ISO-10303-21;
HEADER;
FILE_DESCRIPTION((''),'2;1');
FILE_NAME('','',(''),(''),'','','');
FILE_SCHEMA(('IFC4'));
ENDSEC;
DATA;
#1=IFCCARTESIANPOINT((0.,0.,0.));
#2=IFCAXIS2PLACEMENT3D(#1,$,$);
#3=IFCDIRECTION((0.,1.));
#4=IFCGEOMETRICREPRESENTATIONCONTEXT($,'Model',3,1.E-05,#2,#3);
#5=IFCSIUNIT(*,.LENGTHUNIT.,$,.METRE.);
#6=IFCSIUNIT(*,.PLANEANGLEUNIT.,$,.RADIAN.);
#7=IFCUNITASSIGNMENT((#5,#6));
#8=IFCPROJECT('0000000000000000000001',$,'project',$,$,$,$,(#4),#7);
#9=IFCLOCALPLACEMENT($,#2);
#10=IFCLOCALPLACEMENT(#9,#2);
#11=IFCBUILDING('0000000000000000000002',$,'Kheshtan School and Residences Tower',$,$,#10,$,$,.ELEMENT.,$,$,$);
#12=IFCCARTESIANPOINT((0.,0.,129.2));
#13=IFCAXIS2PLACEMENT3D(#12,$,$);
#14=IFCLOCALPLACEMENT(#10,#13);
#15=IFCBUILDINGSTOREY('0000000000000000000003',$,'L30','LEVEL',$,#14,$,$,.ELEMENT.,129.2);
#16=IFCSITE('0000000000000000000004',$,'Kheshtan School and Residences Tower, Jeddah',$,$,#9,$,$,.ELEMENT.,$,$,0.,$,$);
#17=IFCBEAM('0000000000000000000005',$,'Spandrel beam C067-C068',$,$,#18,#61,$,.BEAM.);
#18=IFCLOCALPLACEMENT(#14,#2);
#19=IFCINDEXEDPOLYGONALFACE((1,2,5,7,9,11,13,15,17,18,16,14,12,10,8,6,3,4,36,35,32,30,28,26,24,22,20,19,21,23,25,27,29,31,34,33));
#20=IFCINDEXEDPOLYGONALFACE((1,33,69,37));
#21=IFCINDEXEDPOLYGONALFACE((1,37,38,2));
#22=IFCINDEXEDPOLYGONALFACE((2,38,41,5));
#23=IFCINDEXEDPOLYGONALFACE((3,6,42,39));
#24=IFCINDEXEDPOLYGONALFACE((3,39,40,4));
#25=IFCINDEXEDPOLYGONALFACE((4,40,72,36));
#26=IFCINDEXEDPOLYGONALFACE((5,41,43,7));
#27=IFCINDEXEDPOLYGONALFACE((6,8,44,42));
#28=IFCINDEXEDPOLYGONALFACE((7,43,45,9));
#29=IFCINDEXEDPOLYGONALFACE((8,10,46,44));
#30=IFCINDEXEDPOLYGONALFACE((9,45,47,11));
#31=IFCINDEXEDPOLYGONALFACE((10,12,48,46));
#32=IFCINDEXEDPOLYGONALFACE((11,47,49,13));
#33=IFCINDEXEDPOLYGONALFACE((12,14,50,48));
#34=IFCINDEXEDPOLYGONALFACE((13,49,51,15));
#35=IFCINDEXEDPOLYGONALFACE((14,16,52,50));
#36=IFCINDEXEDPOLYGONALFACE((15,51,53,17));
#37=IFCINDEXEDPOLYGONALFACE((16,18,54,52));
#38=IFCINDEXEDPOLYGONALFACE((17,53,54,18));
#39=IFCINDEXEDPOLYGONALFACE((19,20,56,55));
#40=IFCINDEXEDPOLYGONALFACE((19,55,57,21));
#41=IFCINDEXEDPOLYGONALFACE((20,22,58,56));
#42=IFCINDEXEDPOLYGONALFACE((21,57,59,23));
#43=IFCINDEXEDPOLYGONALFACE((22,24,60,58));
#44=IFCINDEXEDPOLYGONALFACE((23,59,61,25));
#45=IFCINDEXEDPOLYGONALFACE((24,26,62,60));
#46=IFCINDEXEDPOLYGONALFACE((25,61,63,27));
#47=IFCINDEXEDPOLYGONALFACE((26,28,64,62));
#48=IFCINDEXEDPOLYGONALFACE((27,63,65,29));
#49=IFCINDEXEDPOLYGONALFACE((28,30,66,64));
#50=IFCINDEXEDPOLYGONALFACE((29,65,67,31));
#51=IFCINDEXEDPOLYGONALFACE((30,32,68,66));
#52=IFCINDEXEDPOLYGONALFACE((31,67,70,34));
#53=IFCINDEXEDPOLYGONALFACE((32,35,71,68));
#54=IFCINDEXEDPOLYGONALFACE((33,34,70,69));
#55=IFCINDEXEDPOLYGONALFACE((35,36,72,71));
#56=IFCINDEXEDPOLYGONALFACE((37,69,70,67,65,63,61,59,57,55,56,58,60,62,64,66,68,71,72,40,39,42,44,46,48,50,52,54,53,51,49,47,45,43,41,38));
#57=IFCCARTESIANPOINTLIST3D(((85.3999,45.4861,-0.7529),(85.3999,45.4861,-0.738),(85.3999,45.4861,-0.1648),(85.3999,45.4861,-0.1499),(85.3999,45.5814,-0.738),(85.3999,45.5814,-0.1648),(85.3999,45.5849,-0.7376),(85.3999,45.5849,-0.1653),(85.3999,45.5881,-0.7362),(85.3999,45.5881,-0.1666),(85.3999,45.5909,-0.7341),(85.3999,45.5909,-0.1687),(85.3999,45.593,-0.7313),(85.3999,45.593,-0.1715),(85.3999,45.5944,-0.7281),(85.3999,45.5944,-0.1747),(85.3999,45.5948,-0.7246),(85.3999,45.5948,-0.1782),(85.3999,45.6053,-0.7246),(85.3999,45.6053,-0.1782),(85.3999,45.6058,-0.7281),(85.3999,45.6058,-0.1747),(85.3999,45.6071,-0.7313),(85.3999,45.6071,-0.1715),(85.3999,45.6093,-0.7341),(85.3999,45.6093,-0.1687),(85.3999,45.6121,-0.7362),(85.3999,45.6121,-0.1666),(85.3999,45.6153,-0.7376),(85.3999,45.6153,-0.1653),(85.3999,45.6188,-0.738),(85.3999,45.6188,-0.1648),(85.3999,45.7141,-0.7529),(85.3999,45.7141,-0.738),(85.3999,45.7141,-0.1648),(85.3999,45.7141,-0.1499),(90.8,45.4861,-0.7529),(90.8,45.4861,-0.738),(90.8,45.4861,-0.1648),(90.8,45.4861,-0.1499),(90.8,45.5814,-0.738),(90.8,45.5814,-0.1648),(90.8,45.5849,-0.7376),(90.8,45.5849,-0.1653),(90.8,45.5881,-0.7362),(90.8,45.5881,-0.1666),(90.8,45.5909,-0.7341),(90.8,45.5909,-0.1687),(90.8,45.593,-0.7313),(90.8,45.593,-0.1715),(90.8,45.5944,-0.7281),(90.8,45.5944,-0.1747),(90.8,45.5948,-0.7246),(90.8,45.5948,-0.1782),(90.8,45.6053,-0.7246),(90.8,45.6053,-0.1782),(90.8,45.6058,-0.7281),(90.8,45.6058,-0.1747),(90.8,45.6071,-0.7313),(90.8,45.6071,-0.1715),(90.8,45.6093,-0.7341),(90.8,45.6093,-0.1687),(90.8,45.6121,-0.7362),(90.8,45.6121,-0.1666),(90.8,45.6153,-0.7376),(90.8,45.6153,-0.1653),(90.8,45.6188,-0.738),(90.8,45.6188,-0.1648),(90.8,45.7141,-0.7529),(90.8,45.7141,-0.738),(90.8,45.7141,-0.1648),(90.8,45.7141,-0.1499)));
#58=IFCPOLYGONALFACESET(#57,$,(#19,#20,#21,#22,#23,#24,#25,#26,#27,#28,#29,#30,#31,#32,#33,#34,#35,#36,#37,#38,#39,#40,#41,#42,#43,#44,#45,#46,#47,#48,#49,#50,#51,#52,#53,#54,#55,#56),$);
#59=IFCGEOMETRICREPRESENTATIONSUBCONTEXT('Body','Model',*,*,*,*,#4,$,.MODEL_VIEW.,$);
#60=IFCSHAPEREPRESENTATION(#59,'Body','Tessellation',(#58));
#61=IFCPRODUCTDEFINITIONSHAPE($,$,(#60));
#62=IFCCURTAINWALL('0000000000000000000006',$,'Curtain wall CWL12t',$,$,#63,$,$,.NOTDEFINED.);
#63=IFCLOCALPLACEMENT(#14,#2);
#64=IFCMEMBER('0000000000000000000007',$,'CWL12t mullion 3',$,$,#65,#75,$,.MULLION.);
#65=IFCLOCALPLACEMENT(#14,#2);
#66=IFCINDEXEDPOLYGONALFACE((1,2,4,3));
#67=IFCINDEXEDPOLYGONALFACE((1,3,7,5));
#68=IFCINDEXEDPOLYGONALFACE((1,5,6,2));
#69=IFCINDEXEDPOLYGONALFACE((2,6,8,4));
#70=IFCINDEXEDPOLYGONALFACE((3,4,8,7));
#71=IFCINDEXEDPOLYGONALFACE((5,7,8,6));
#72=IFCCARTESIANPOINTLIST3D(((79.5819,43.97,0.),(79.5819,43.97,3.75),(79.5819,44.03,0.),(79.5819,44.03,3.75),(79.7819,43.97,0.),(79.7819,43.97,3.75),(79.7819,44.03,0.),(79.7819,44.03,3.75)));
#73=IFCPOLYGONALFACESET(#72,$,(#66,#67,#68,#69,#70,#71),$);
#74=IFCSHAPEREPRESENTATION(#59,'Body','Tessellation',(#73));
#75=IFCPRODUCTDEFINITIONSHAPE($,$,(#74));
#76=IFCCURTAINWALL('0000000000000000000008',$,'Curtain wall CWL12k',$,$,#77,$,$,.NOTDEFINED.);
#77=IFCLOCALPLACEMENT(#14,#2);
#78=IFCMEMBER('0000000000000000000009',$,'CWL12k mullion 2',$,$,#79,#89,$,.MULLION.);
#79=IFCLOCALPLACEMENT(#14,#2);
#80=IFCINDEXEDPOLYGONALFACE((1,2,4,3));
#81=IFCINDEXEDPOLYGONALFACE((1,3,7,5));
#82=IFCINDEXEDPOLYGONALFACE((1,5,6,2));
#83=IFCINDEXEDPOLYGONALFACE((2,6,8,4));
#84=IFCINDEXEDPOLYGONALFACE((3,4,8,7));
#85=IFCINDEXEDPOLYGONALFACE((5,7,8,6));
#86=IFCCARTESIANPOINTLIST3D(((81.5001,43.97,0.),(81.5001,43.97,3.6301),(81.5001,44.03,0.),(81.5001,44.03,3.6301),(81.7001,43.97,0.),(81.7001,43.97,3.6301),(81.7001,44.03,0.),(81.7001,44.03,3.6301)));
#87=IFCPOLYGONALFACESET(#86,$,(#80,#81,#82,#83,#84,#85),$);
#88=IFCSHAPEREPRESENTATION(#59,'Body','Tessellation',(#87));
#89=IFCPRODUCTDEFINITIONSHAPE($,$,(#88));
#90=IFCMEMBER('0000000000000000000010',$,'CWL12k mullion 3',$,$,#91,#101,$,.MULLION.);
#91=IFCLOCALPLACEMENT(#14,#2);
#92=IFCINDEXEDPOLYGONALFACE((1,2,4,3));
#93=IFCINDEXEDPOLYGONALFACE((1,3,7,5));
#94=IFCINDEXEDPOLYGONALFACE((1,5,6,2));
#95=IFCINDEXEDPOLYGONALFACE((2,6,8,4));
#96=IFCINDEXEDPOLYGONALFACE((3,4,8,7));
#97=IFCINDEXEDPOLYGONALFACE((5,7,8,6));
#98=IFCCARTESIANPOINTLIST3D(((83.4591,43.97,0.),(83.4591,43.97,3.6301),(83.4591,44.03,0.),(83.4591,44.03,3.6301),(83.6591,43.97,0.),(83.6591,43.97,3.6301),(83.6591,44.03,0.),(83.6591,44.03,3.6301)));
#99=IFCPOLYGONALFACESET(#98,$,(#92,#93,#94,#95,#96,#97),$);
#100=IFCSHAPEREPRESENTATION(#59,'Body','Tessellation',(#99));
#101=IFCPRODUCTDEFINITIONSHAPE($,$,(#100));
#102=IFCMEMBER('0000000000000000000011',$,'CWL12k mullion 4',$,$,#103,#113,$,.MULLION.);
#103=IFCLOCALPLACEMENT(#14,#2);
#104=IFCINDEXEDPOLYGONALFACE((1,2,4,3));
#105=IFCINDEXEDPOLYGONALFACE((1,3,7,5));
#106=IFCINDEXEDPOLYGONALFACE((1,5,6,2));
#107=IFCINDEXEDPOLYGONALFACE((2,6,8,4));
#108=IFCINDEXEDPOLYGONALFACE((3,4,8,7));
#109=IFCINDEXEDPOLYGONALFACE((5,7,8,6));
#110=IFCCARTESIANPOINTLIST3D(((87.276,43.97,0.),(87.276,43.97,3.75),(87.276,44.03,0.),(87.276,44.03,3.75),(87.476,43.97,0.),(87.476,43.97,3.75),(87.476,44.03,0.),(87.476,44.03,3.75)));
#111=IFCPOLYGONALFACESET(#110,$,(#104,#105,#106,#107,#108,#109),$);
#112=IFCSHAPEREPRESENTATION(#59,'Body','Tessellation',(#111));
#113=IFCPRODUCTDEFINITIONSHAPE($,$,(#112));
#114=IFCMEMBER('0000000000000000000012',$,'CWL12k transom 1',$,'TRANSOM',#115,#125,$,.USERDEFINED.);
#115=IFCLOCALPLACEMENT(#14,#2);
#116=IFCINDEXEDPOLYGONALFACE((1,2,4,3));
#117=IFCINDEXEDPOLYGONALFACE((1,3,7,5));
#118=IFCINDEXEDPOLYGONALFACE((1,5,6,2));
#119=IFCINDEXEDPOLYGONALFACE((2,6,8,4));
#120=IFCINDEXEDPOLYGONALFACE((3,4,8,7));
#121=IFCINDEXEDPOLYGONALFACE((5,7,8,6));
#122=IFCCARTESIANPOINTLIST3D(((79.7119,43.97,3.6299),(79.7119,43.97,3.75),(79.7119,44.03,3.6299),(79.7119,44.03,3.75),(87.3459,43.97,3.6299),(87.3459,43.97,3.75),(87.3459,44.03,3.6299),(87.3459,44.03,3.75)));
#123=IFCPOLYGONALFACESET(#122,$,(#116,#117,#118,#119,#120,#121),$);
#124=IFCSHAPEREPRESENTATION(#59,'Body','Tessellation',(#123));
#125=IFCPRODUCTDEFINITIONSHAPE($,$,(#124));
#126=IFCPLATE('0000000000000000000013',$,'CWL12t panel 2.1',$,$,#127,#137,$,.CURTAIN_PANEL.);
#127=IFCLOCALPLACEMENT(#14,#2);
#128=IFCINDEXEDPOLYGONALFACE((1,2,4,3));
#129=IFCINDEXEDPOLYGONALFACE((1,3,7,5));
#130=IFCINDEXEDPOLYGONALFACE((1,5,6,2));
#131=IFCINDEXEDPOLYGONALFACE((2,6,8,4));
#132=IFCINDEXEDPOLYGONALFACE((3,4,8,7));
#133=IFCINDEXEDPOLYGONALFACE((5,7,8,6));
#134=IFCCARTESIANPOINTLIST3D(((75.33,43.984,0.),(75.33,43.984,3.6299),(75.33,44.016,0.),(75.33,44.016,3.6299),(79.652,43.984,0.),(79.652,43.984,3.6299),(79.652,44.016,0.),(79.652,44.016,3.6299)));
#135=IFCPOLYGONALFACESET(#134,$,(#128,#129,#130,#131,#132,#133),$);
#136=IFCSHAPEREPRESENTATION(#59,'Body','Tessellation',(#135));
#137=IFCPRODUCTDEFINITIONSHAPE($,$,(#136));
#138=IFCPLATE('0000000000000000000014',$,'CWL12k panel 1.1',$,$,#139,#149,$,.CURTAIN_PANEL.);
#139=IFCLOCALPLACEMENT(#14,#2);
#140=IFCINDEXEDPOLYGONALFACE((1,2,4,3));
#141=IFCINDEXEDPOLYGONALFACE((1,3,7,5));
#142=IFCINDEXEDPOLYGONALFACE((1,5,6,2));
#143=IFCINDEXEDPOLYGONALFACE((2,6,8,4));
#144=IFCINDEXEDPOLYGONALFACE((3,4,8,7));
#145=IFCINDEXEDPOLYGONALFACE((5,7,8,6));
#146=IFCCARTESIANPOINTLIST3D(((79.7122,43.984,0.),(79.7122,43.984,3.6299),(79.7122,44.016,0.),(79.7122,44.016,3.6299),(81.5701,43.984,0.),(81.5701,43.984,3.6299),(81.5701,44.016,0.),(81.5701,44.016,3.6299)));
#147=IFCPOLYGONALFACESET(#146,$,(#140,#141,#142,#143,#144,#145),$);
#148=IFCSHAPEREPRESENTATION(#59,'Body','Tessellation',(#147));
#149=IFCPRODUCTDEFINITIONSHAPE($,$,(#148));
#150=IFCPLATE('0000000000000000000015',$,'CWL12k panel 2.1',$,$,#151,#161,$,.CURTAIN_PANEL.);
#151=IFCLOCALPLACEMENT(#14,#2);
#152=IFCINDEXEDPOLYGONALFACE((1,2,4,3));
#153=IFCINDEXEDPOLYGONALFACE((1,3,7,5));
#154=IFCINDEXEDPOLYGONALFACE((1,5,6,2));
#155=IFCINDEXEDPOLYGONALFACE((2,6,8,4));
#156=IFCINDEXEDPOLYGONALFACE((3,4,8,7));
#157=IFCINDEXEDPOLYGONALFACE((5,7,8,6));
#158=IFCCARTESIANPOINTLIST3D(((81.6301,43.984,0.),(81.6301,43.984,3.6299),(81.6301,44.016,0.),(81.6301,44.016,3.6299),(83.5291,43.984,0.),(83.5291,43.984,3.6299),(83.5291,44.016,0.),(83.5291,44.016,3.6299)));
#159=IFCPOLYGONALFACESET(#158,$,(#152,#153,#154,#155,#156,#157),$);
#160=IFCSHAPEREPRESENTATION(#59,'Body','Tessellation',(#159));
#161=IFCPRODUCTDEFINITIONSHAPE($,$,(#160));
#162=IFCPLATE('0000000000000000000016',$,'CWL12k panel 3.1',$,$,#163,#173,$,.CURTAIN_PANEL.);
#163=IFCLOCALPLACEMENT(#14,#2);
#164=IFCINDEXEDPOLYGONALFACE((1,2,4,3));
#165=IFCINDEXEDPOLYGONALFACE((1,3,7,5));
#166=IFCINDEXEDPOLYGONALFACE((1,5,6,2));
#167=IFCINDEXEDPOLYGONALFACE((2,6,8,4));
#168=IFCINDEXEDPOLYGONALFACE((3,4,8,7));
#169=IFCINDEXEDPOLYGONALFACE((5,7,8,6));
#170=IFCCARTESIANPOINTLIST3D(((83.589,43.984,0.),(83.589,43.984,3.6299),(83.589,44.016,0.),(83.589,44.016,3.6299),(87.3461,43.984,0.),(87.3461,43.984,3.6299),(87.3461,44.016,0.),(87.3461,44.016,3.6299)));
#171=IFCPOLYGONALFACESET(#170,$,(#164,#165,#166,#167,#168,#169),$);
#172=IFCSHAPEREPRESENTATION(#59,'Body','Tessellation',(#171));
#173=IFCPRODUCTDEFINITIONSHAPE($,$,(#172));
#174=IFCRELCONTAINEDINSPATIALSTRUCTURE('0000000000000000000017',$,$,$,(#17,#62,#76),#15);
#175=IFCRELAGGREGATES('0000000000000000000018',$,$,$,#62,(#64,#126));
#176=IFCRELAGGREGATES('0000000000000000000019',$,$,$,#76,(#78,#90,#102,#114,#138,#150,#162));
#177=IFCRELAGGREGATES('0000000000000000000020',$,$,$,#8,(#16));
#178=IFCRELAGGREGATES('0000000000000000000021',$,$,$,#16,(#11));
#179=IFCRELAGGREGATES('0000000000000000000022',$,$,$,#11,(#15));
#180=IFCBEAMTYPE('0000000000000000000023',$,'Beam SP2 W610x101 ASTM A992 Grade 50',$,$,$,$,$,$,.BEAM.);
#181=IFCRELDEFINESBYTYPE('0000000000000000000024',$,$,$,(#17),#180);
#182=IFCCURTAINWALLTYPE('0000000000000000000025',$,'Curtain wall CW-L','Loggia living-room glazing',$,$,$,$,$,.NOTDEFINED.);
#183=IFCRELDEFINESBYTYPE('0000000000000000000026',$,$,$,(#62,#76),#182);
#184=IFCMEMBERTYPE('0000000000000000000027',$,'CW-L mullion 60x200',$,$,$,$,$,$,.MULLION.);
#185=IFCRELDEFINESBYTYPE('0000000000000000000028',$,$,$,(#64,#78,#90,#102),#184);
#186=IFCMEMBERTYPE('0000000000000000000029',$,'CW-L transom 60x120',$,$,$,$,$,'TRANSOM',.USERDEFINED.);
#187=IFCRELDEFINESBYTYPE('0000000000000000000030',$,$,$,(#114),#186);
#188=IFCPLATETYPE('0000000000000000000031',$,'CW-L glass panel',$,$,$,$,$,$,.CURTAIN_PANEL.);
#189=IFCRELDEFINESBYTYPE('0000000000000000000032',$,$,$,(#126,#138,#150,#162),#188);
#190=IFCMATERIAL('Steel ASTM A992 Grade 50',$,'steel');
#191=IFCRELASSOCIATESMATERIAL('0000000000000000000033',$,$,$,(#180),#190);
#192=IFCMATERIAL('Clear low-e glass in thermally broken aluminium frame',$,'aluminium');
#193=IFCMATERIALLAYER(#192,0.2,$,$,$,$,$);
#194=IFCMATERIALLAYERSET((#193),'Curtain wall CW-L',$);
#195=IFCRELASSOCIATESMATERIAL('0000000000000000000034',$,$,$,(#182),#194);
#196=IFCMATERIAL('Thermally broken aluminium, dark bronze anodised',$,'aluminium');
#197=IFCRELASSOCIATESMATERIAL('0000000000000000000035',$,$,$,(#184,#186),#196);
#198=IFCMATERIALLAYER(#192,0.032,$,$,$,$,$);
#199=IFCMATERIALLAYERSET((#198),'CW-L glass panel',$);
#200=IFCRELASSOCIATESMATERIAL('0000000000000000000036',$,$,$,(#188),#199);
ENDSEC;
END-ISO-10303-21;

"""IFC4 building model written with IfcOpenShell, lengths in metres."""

from ifc_helpers import new_model, si_unit, direction, frame, origin, origin_2d, place, context, subcontext, project, spatial, rectangle, i_section, extrude, material, layer, layer_set, material_profile, profile_set, type_object, element, aggregate, save


model = new_model("IFC4")

# Units and contexts
model_context = context("Model", 3, precision=1e-05, world=origin(), true_north=direction((0.0, 1.0)))
body_context = subcontext(model_context, "Body", "Model", "MODEL_VIEW")
ifc_project = project(units=[si_unit("LENGTHUNIT", "METRE"), si_unit("PLANEANGLEUNIT", "RADIAN")], contexts=[model_context])

# Site, building, storey
site_placement = place(None, origin())
site = spatial("IfcSite", under=ifc_project, at=site_placement, Name="Kheshtan School and Residences Tower, Jeddah", CompositionType="ELEMENT", RefElevation=0.0)
building_placement = place(site_placement, origin())
building = spatial("IfcBuilding", under=site, at=building_placement, Name="Kheshtan School and Residences Tower", CompositionType="ELEMENT")
storey_placement = place(building_placement, frame((0.0, 0.0, 129.2)))
storey = spatial("IfcBuildingStorey", under=building, at=storey_placement, Name="L30", Description="LEVEL", CompositionType="ELEMENT", Elevation=129.2)

# Shared definitions
ifc_material_1 = material(Name="Steel ASTM A992 Grade 50", Category="steel")

# Beam
ifc_material_profile_1 = material_profile(ifc_material_1, i_section(OverallWidth=0.228, OverallDepth=0.603, WebThickness=0.0105, FlangeThickness=0.0149, FilletRadius=0.0134, at=origin_2d()), Name="W610x101")
ifc_profile_set_1 = profile_set([ifc_material_profile_1], Name="Steel ASTM A992 Grade 50")
beam_type_1 = type_object("IfcBeamType", Name="Beam SP2 W610x101 ASTM A992 Grade 50", PredefinedType="BEAM", material=ifc_profile_set_1)
beam_1_placement = place(storey_placement, frame((85.3999, 45.6001, -0.4514), z_axis=(1.0, 0.0, 0.0), x_axis=(0.0, 1.0, 0.0)))
element("IfcBeam", 1, at=beam_1_placement, inside=storey, type_object=beam_type_1, Name="Spandrel beam C067-C068", PredefinedType="BEAM", context=body_context, shape_type="SweptSolid", body=[
    extrude(i_section(OverallWidth=0.228, OverallDepth=0.603, WebThickness=0.0105, FlangeThickness=0.0149, FilletRadius=0.0134, at=origin_2d()), origin(), (0.0, 0.0, 1.0), 5.4001),
])

# Curtain wall, member
ifc_material_2 = material(Name="Clear low-e glass in thermally broken aluminium frame", Category="aluminium")
ifc_layer_1 = layer(ifc_material_2, 0.2)
ifc_layer_set_1 = layer_set([ifc_layer_1], Name="Curtain wall CW-L")
curtain_wall_type = type_object("IfcCurtainWallType", Name="Curtain wall CW-L", Description="Loggia living-room glazing", PredefinedType="NOTDEFINED", material=ifc_layer_set_1)
curtain_wall_1_placement = place(storey_placement, origin())
curtain_wall_1 = element("IfcCurtainWall", 2, at=curtain_wall_1_placement, inside=storey, type_object=curtain_wall_type, Name="Curtain wall CWL12t", PredefinedType="NOTDEFINED")
ifc_material_3 = material(Name="Thermally broken aluminium, dark bronze anodised", Category="aluminium")
ifc_material_profile_2 = material_profile(ifc_material_3, rectangle(XDim=0.0601, YDim=0.2, at=origin_2d()), Name="CW-L mullion 60x200")
ifc_profile_set_2 = profile_set([ifc_material_profile_2], Name="Thermally broken aluminium, dark bronze anodised")
member_type_1 = type_object("IfcMemberType", Name="CW-L mullion 60x200", PredefinedType="MULLION", material=ifc_profile_set_2)
member_1_placement = place(storey_placement, frame((79.6819, 44.0, 0.0), z_axis=(0.0, 0.0, 1.0), x_axis=(0.0, 1.0, 0.0)))
member_1 = element("IfcMember", 3, at=member_1_placement, type_object=member_type_1, Name="CWL12t mullion 3", PredefinedType="MULLION", context=body_context, shape_type="SweptSolid", body=[
    extrude(rectangle(XDim=0.0601, YDim=0.2, at=origin_2d()), origin(), (0.0, 0.0, 1.0), 3.75),
])

# Curtain wall, members
curtain_wall_2_placement = place(storey_placement, origin())
curtain_wall_2 = element("IfcCurtainWall", 4, at=curtain_wall_2_placement, inside=storey, type_object=curtain_wall_type, Name="Curtain wall CWL12k", PredefinedType="NOTDEFINED")
member_2_placement = place(storey_placement, frame((81.6001, 44.0, 0.0), z_axis=(0.0, 0.0, 1.0), x_axis=(0.0, 1.0, 0.0)))
member_2 = element("IfcMember", 5, at=member_2_placement, type_object=member_type_1, Name="CWL12k mullion 2", PredefinedType="MULLION", context=body_context, shape_type="SweptSolid", body=[
    extrude(rectangle(XDim=0.0601, YDim=0.2, at=origin_2d()), origin(), (0.0, 0.0, 1.0), 3.6301),
])
member_3_placement = place(storey_placement, frame((83.5591, 44.0, 0.0), z_axis=(0.0, 0.0, 1.0), x_axis=(0.0, 1.0, 0.0)))
member_3 = element("IfcMember", 6, at=member_3_placement, type_object=member_type_1, Name="CWL12k mullion 3", PredefinedType="MULLION", context=body_context, shape_type="SweptSolid", body=[
    extrude(rectangle(XDim=0.0601, YDim=0.2, at=origin_2d()), origin(), (0.0, 0.0, 1.0), 3.6301),
])
member_4_placement = place(storey_placement, frame((87.376, 44.0, 0.0), z_axis=(0.0, 0.0, 1.0), x_axis=(0.0, 1.0, 0.0)))
member_4 = element("IfcMember", 7, at=member_4_placement, type_object=member_type_1, Name="CWL12k mullion 4", PredefinedType="MULLION", context=body_context, shape_type="SweptSolid", body=[
    extrude(rectangle(XDim=0.0601, YDim=0.2, at=origin_2d()), origin(), (0.0, 0.0, 1.0), 3.75),
])
ifc_material_profile_3 = material_profile(ifc_material_3, rectangle(XDim=0.0601, YDim=0.1201, at=origin_2d()), Name="CW-L transom 60x120")
ifc_profile_set_3 = profile_set([ifc_material_profile_3], Name="Thermally broken aluminium, dark bronze anodised")
member_type_2 = type_object("IfcMemberType", Name="CW-L transom 60x120", ElementType="TRANSOM", PredefinedType="USERDEFINED", material=ifc_profile_set_3)
member_5_placement = place(storey_placement, frame((79.7119, 44.0, 3.6899), z_axis=(1.0, 0.0, 0.0), x_axis=(0.0, 1.0, 0.0)))
member_5 = element("IfcMember", 8, at=member_5_placement, type_object=member_type_2, Name="CWL12k transom 1", ObjectType="TRANSOM", PredefinedType="USERDEFINED", context=body_context, shape_type="SweptSolid", body=[
    extrude(rectangle(XDim=0.0601, YDim=0.1201, at=origin_2d()), origin(), (0.0, 0.0, 1.0), 7.634),
])

# Plates
ifc_layer_2 = layer(ifc_material_2, 0.032)
ifc_layer_set_2 = layer_set([ifc_layer_2], Name="CW-L glass panel")
plate_type = type_object("IfcPlateType", Name="CW-L glass panel", PredefinedType="CURTAIN_PANEL", material=ifc_layer_set_2)
plate_1_placement = place(storey_placement, frame((77.491, 44.0, 0.0), z_axis=(0.0, 0.0, 1.0), x_axis=(1.0, 0.0, 0.0)))
plate_1 = element("IfcPlate", 9, at=plate_1_placement, type_object=plate_type, Name="CWL12t panel 2.1", PredefinedType="CURTAIN_PANEL", context=body_context, shape_type="SweptSolid", body=[
    extrude(rectangle(XDim=4.322, YDim=0.032, at=origin_2d()), origin(), (0.0, 0.0, 1.0), 3.6299),
])
aggregate(curtain_wall_1, [member_1, plate_1])
plate_2_placement = place(storey_placement, frame((80.6411, 44.0, 0.0), z_axis=(0.0, 0.0, 1.0), x_axis=(1.0, 0.0, 0.0)))
plate_2 = element("IfcPlate", 10, at=plate_2_placement, type_object=plate_type, Name="CWL12k panel 1.1", PredefinedType="CURTAIN_PANEL", context=body_context, shape_type="SweptSolid", body=[
    extrude(rectangle(XDim=1.8579, YDim=0.032, at=origin_2d()), origin(), (0.0, 0.0, 1.0), 3.6299),
])
plate_3_placement = place(storey_placement, frame((82.5796, 44.0, 0.0), z_axis=(0.0, 0.0, 1.0), x_axis=(1.0, 0.0, 0.0)))
plate_3 = element("IfcPlate", 11, at=plate_3_placement, type_object=plate_type, Name="CWL12k panel 2.1", PredefinedType="CURTAIN_PANEL", context=body_context, shape_type="SweptSolid", body=[
    extrude(rectangle(XDim=1.8989, YDim=0.032, at=origin_2d()), origin(), (0.0, 0.0, 1.0), 3.6299),
])
plate_4_placement = place(storey_placement, frame((85.4675, 44.0, 0.0), z_axis=(0.0, 0.0, 1.0), x_axis=(1.0, 0.0, 0.0)))
plate_4 = element("IfcPlate", 12, at=plate_4_placement, type_object=plate_type, Name="CWL12k panel 3.1", PredefinedType="CURTAIN_PANEL", context=body_context, shape_type="SweptSolid", body=[
    extrude(rectangle(XDim=3.7571, YDim=0.032, at=origin_2d()), origin(), (0.0, 0.0, 1.0), 3.6299),
])
aggregate(curtain_wall_2, [member_2, member_3, member_4, member_5, plate_2, plate_3, plate_4])

save(model, "model.ifc")
